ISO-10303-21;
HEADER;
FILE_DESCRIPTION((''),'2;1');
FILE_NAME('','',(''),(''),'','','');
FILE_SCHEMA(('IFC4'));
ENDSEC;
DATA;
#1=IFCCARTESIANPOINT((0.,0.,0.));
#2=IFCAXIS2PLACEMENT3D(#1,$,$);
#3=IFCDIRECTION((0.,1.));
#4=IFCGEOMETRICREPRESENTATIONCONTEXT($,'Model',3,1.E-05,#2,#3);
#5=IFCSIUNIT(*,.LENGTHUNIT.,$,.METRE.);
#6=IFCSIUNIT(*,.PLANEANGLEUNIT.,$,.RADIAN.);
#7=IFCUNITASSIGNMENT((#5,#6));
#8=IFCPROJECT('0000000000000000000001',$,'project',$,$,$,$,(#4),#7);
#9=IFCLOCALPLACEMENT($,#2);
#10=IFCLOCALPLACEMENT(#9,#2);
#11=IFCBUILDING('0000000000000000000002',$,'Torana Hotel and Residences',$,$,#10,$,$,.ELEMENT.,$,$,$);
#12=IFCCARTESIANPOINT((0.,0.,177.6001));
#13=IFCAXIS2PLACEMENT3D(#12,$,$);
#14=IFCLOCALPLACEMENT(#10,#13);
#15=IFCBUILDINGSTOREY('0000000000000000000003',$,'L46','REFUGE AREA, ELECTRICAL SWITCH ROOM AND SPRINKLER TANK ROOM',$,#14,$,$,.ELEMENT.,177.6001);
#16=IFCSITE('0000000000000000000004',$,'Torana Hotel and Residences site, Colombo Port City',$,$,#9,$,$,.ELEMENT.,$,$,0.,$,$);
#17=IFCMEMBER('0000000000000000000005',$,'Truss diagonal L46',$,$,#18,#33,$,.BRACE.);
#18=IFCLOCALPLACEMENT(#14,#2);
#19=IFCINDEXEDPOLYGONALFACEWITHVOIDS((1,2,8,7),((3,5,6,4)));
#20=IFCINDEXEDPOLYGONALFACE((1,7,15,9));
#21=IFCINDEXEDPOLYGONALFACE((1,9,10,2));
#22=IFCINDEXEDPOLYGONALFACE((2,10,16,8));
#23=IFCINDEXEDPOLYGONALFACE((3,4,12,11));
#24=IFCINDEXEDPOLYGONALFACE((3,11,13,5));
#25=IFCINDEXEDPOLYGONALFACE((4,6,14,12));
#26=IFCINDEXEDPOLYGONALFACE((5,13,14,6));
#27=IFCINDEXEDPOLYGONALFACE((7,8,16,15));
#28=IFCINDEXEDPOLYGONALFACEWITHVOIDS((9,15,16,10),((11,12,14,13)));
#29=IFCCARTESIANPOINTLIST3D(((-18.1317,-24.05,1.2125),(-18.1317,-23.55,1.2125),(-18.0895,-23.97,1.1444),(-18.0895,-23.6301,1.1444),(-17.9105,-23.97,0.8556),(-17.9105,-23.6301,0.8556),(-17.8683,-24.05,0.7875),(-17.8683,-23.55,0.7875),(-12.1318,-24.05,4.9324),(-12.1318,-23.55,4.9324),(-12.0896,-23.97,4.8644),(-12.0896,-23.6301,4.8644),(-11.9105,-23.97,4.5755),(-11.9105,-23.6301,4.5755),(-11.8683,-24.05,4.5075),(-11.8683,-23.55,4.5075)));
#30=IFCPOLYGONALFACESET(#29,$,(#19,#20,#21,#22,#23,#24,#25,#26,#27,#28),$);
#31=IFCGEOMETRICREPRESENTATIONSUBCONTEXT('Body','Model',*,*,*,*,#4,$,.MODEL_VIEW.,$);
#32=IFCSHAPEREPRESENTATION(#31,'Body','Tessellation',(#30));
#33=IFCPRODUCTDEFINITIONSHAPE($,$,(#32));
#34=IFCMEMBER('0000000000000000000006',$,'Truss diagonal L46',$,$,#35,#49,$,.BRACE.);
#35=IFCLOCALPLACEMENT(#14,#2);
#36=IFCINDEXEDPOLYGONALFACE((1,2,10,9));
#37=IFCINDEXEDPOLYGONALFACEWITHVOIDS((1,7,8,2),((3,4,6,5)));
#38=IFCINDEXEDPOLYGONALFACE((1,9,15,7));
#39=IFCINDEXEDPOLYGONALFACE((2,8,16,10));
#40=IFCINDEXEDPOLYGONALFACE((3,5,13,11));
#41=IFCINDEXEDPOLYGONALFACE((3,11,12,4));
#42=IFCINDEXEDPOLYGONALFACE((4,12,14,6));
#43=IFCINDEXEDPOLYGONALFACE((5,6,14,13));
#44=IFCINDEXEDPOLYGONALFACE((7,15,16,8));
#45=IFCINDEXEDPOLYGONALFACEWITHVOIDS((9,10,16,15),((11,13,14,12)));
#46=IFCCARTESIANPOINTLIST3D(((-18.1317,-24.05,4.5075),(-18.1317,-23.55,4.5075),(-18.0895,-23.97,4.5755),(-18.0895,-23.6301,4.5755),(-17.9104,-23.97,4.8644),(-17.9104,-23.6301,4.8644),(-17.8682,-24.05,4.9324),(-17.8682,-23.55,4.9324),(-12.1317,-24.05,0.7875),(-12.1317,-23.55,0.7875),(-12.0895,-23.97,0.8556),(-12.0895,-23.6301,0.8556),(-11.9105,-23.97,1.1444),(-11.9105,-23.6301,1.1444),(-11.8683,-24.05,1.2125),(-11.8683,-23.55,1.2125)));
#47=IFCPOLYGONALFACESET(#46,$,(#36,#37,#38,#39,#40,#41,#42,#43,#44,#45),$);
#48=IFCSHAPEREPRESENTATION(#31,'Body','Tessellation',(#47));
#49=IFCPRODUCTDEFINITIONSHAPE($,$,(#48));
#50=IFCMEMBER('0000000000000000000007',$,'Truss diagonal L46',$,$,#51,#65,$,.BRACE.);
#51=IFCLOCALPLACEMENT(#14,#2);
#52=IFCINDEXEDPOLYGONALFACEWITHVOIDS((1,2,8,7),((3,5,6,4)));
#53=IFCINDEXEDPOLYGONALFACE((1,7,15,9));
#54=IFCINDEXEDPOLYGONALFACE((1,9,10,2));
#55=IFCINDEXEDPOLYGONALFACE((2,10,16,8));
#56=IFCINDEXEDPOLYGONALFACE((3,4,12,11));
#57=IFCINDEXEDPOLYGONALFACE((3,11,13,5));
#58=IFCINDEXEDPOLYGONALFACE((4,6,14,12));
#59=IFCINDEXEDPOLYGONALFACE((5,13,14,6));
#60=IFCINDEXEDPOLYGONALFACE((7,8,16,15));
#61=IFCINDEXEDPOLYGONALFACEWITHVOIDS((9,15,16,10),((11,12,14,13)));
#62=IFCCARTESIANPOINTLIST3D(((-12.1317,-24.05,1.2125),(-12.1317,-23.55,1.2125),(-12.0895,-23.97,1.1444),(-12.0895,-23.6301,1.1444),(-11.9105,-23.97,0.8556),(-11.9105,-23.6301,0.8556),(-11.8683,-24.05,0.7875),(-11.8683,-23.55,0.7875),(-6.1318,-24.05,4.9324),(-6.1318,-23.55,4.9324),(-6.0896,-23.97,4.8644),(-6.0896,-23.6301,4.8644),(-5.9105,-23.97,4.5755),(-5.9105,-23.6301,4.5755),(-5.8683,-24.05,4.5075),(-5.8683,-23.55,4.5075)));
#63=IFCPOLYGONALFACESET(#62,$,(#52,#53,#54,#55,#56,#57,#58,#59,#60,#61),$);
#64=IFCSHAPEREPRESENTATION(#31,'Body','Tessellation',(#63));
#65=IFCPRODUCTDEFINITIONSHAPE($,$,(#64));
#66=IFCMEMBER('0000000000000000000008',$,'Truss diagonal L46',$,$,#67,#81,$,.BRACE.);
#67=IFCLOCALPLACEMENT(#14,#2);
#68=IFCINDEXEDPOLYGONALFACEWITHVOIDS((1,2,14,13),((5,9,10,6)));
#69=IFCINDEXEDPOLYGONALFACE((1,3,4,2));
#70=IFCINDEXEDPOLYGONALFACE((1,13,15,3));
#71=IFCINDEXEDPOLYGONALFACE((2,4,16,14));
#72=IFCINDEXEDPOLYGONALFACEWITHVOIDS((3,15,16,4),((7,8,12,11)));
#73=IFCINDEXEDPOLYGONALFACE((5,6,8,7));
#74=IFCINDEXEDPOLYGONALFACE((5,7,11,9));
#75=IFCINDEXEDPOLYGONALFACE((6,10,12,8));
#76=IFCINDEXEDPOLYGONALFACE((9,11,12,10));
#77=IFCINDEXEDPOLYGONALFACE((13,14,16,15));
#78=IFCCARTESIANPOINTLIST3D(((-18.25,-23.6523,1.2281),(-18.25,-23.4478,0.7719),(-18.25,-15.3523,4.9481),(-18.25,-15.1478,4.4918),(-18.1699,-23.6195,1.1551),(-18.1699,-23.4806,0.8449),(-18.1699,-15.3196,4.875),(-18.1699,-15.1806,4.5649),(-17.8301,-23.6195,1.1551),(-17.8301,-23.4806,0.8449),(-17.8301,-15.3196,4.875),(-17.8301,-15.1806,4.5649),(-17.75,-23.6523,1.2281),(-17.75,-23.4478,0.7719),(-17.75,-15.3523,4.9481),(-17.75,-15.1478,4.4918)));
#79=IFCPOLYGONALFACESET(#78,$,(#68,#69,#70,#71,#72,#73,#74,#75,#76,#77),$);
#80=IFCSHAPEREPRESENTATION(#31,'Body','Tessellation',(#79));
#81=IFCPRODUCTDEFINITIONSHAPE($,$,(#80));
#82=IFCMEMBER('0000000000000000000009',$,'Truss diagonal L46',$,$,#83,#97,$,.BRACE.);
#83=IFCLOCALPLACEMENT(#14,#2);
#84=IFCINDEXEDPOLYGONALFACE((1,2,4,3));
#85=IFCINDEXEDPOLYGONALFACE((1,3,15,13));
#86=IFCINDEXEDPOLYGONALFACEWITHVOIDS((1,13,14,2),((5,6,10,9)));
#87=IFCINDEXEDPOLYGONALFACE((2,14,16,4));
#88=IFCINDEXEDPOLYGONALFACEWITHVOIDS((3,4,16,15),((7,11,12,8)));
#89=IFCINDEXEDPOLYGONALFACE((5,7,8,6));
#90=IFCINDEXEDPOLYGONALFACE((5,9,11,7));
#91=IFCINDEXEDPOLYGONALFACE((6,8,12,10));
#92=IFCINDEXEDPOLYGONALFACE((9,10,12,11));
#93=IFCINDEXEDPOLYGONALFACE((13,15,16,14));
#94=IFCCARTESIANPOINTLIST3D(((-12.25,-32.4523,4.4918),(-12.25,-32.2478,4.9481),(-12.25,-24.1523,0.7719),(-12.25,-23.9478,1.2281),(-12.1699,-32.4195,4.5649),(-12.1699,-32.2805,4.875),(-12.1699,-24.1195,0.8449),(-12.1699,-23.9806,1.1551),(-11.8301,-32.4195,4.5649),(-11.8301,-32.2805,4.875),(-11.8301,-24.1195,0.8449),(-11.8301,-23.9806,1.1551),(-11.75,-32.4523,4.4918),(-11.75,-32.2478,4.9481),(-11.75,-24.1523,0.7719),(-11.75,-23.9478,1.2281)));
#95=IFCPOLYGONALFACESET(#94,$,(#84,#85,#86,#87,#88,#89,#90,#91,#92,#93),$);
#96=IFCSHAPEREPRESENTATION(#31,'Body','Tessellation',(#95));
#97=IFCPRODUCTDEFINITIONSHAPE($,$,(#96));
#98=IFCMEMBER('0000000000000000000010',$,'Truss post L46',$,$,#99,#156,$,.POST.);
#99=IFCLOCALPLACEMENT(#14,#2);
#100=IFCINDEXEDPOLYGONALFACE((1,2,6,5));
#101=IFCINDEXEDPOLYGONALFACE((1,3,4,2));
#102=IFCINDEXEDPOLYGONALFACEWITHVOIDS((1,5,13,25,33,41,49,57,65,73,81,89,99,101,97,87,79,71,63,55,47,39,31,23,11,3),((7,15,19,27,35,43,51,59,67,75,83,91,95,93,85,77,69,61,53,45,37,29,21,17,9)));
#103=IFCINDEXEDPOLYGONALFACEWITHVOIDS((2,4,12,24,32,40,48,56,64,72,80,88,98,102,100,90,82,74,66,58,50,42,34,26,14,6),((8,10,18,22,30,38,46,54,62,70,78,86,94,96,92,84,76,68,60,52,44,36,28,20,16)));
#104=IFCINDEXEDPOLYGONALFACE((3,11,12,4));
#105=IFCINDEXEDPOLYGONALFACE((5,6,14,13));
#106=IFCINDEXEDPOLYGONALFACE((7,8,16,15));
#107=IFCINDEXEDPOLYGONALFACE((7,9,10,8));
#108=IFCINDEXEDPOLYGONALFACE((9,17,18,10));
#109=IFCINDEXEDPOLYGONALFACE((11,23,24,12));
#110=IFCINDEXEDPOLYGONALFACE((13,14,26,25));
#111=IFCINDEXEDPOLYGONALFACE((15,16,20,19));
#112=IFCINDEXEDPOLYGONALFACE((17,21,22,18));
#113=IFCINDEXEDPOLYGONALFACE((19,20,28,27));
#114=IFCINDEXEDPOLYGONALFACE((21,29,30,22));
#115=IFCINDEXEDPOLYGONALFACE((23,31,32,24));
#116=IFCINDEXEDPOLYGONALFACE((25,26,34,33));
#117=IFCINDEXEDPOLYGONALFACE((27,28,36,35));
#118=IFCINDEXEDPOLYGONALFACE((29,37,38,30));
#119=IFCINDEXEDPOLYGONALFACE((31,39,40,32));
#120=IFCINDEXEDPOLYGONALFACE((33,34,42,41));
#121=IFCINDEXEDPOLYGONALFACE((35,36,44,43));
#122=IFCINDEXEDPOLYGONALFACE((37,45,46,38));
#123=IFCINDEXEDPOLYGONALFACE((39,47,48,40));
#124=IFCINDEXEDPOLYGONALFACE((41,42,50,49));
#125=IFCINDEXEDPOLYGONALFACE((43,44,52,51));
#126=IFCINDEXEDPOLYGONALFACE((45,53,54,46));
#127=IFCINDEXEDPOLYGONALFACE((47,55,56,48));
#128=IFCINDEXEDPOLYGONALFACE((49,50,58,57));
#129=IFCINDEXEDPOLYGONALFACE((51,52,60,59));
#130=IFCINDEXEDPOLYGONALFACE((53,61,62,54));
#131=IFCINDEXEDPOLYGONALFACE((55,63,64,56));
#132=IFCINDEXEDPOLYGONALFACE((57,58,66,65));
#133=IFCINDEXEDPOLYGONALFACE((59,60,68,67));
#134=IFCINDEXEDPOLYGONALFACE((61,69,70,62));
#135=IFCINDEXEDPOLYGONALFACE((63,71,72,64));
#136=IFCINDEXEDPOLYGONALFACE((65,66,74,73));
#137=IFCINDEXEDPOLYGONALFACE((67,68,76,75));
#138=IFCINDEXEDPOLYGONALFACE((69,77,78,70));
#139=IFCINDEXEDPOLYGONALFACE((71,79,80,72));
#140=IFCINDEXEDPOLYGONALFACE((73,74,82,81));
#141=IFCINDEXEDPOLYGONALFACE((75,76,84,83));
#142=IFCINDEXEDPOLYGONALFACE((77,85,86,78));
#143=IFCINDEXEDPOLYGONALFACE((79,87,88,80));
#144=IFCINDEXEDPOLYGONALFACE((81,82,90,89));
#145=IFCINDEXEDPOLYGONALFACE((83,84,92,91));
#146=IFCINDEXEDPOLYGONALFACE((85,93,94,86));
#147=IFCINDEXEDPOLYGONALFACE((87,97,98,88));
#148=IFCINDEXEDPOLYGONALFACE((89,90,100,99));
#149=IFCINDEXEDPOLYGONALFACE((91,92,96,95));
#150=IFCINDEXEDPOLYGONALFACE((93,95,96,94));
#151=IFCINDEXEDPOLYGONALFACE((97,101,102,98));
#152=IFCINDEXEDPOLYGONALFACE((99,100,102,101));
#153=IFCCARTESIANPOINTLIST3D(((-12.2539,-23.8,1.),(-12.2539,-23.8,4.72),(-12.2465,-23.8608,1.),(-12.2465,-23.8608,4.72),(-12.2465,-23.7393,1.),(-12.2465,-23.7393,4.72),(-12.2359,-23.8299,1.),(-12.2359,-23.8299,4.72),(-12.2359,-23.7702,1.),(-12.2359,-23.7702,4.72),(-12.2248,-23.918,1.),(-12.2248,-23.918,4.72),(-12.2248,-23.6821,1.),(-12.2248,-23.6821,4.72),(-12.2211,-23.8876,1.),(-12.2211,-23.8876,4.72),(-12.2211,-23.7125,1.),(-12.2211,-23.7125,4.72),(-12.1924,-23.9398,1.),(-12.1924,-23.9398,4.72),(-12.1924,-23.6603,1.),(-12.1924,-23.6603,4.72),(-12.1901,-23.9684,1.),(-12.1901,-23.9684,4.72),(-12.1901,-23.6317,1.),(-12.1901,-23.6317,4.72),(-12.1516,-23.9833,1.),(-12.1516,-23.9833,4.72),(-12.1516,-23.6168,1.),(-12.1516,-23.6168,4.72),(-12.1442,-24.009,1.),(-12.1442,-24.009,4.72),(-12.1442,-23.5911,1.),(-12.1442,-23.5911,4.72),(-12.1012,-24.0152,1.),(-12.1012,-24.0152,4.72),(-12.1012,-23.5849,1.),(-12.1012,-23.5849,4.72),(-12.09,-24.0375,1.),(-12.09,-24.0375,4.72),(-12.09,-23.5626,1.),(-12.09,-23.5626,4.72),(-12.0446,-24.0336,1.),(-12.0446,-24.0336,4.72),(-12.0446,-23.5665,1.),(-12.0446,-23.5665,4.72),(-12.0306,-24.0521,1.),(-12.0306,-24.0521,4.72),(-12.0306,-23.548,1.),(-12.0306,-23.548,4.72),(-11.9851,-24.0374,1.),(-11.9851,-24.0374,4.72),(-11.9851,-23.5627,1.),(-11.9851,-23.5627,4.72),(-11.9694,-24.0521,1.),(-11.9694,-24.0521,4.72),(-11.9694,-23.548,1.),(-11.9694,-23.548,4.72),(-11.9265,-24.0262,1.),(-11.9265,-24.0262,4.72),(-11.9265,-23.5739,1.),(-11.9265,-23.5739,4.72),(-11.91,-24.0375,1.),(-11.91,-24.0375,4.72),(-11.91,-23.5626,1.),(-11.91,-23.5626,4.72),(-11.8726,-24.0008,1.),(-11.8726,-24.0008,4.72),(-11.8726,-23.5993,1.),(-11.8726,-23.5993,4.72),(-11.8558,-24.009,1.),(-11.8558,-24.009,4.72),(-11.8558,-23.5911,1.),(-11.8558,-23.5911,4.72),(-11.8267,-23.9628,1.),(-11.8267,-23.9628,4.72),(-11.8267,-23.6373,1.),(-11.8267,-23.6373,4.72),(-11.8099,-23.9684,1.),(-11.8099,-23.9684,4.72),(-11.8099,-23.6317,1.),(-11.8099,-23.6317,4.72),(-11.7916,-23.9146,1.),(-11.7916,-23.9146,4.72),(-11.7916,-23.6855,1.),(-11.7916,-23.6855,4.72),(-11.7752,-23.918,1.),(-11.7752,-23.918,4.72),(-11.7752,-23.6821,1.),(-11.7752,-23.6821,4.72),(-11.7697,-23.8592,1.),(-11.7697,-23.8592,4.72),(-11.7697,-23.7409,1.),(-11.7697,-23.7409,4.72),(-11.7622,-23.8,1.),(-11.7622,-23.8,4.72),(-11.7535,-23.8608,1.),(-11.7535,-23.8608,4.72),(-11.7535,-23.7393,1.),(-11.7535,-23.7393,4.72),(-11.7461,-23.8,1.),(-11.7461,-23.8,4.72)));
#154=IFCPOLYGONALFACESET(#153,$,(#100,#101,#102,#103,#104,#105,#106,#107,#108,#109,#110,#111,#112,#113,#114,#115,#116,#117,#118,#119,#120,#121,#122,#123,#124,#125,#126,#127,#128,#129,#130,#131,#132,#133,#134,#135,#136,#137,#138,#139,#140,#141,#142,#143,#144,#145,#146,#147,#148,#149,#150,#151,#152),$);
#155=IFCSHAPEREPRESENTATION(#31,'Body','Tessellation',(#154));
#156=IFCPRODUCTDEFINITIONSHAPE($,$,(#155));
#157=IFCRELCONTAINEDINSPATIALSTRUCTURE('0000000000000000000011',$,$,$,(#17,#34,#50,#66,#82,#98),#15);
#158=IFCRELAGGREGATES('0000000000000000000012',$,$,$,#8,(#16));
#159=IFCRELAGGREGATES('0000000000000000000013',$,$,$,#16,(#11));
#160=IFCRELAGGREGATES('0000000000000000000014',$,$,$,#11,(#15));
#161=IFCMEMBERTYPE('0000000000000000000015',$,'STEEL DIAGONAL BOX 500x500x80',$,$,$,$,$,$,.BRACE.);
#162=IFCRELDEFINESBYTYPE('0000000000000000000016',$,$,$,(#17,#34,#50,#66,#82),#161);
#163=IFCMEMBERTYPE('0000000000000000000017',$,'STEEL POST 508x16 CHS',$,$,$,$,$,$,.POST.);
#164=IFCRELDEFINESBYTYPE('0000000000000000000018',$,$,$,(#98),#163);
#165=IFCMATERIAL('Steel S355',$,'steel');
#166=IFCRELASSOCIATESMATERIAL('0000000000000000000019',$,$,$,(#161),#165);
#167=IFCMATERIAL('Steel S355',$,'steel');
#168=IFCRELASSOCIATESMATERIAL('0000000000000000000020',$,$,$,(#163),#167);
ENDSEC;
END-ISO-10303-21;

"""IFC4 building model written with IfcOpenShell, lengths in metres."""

from ifc_helpers import new_model, si_unit, direction, frame, origin, origin_2d, place, context, subcontext, project, spatial, hollow_rectangle, hollow_circle, extrude, material, material_profile, profile_set, type_object, element, save


model = new_model("IFC4")

# Units and contexts
model_context = context("Model", 3, precision=1e-05, world=origin(), true_north=direction((0.0, 1.0)))
body_context = subcontext(model_context, "Body", "Model", "MODEL_VIEW")
ifc_project = project(units=[si_unit("LENGTHUNIT", "METRE"), si_unit("PLANEANGLEUNIT", "RADIAN")], contexts=[model_context])

# Site, building, storey
site_placement = place(None, origin())
site = spatial("IfcSite", under=ifc_project, at=site_placement, Name="Torana Hotel and Residences site, Colombo Port City", CompositionType="ELEMENT", RefElevation=0.0)
building_placement = place(site_placement, origin())
building = spatial("IfcBuilding", under=site, at=building_placement, Name="Torana Hotel and Residences", CompositionType="ELEMENT")
storey_placement = place(building_placement, frame((0.0, 0.0, 177.6001)))
storey = spatial("IfcBuildingStorey", under=building, at=storey_placement, Name="L46", Description="REFUGE AREA, ELECTRICAL SWITCH ROOM AND SPRINKLER TANK ROOM", CompositionType="ELEMENT", Elevation=177.6001)

# Members
ifc_material_1 = material(Name="Steel S355", Category="steel")
ifc_material_profile_1 = material_profile(ifc_material_1, hollow_rectangle(XDim=0.5, YDim=0.5, WallThickness=0.0801, at=origin_2d()), Name="BOX 500x500x80")
ifc_profile_set_1 = profile_set([ifc_material_profile_1], Name="Steel S355")
member_type_1 = type_object("IfcMemberType", Name="STEEL DIAGONAL BOX 500x500x80", PredefinedType="BRACE", material=ifc_profile_set_1)
for number, where, z_axis, x_axis, name in (
    (1, (-18.0, -23.8, 1.0), (0.849905, 0.0, 0.526937), (0.0, 1.0, 0.0), "Truss diagonal L46"),
    (2, (-12.0, -23.8, 1.0), (-0.849905, 0.0, 0.526937), (0.0, -1.0, 0.0), "Truss diagonal L46"),
    (3, (-12.0, -23.8, 1.0), (0.849905, 0.0, 0.526937), (0.0, 1.0, 0.0), "Truss diagonal L46"),
):
    element("IfcMember", number, at=place(storey_placement, frame(where, z_axis=z_axis, x_axis=x_axis)), inside=storey, type_object=member_type_1, Name=name, PredefinedType="BRACE", context=body_context, shape_type="SweptSolid", body=[
        extrude(hollow_rectangle(XDim=0.5, YDim=0.5, WallThickness=0.0801, at=origin_2d()), origin(), (0.0, 0.0, 1.0), 7.0596),
    ])
for number, where, z_axis, x_axis, name in (
    (4, (-18.0, -23.55, 1.0), (0.0, 0.91254, 0.408988), (-1.0, 0.0, 0.0), "Truss diagonal L46"),
    (5, (-12.0, -24.05, 1.0), (0.0, -0.91254, 0.408988), (1.0, 0.0, 0.0), "Truss diagonal L46"),
):
    element("IfcMember", number, at=place(storey_placement, frame(where, z_axis=z_axis, x_axis=x_axis)), inside=storey, type_object=member_type_1, Name=name, PredefinedType="BRACE", context=body_context, shape_type="SweptSolid", body=[
        extrude(hollow_rectangle(XDim=0.5, YDim=0.5, WallThickness=0.0801, at=origin_2d()), origin(), (0.0, 0.0, 1.0), 9.0955),
    ])
ifc_material_2 = material(Name="Steel S355", Category="steel")
ifc_material_profile_2 = material_profile(ifc_material_2, hollow_circle(Radius=0.2539, WallThickness=0.0161, at=origin_2d()), Name="508x16 CHS")
ifc_profile_set_2 = profile_set([ifc_material_profile_2], Name="Steel S355")
member_type_2 = type_object("IfcMemberType", Name="STEEL POST 508x16 CHS", PredefinedType="POST", material=ifc_profile_set_2)
for number, where, z_axis, x_axis, name in (
    (6, (-12.0, -23.8, 1.0), (0.0, 0.0, 1.0), (1.0, 0.0, 0.0), "Truss post L46"),
):
    element("IfcMember", number, at=place(storey_placement, frame(where, z_axis=z_axis, x_axis=x_axis)), inside=storey, type_object=member_type_2, Name=name, PredefinedType="POST", context=body_context, shape_type="SweptSolid", body=[
        extrude(hollow_circle(Radius=0.2539, WallThickness=0.0161, at=origin_2d()), origin(), (0.0, 0.0, 1.0), 3.72),
    ])

save(model, "model.ifc")
